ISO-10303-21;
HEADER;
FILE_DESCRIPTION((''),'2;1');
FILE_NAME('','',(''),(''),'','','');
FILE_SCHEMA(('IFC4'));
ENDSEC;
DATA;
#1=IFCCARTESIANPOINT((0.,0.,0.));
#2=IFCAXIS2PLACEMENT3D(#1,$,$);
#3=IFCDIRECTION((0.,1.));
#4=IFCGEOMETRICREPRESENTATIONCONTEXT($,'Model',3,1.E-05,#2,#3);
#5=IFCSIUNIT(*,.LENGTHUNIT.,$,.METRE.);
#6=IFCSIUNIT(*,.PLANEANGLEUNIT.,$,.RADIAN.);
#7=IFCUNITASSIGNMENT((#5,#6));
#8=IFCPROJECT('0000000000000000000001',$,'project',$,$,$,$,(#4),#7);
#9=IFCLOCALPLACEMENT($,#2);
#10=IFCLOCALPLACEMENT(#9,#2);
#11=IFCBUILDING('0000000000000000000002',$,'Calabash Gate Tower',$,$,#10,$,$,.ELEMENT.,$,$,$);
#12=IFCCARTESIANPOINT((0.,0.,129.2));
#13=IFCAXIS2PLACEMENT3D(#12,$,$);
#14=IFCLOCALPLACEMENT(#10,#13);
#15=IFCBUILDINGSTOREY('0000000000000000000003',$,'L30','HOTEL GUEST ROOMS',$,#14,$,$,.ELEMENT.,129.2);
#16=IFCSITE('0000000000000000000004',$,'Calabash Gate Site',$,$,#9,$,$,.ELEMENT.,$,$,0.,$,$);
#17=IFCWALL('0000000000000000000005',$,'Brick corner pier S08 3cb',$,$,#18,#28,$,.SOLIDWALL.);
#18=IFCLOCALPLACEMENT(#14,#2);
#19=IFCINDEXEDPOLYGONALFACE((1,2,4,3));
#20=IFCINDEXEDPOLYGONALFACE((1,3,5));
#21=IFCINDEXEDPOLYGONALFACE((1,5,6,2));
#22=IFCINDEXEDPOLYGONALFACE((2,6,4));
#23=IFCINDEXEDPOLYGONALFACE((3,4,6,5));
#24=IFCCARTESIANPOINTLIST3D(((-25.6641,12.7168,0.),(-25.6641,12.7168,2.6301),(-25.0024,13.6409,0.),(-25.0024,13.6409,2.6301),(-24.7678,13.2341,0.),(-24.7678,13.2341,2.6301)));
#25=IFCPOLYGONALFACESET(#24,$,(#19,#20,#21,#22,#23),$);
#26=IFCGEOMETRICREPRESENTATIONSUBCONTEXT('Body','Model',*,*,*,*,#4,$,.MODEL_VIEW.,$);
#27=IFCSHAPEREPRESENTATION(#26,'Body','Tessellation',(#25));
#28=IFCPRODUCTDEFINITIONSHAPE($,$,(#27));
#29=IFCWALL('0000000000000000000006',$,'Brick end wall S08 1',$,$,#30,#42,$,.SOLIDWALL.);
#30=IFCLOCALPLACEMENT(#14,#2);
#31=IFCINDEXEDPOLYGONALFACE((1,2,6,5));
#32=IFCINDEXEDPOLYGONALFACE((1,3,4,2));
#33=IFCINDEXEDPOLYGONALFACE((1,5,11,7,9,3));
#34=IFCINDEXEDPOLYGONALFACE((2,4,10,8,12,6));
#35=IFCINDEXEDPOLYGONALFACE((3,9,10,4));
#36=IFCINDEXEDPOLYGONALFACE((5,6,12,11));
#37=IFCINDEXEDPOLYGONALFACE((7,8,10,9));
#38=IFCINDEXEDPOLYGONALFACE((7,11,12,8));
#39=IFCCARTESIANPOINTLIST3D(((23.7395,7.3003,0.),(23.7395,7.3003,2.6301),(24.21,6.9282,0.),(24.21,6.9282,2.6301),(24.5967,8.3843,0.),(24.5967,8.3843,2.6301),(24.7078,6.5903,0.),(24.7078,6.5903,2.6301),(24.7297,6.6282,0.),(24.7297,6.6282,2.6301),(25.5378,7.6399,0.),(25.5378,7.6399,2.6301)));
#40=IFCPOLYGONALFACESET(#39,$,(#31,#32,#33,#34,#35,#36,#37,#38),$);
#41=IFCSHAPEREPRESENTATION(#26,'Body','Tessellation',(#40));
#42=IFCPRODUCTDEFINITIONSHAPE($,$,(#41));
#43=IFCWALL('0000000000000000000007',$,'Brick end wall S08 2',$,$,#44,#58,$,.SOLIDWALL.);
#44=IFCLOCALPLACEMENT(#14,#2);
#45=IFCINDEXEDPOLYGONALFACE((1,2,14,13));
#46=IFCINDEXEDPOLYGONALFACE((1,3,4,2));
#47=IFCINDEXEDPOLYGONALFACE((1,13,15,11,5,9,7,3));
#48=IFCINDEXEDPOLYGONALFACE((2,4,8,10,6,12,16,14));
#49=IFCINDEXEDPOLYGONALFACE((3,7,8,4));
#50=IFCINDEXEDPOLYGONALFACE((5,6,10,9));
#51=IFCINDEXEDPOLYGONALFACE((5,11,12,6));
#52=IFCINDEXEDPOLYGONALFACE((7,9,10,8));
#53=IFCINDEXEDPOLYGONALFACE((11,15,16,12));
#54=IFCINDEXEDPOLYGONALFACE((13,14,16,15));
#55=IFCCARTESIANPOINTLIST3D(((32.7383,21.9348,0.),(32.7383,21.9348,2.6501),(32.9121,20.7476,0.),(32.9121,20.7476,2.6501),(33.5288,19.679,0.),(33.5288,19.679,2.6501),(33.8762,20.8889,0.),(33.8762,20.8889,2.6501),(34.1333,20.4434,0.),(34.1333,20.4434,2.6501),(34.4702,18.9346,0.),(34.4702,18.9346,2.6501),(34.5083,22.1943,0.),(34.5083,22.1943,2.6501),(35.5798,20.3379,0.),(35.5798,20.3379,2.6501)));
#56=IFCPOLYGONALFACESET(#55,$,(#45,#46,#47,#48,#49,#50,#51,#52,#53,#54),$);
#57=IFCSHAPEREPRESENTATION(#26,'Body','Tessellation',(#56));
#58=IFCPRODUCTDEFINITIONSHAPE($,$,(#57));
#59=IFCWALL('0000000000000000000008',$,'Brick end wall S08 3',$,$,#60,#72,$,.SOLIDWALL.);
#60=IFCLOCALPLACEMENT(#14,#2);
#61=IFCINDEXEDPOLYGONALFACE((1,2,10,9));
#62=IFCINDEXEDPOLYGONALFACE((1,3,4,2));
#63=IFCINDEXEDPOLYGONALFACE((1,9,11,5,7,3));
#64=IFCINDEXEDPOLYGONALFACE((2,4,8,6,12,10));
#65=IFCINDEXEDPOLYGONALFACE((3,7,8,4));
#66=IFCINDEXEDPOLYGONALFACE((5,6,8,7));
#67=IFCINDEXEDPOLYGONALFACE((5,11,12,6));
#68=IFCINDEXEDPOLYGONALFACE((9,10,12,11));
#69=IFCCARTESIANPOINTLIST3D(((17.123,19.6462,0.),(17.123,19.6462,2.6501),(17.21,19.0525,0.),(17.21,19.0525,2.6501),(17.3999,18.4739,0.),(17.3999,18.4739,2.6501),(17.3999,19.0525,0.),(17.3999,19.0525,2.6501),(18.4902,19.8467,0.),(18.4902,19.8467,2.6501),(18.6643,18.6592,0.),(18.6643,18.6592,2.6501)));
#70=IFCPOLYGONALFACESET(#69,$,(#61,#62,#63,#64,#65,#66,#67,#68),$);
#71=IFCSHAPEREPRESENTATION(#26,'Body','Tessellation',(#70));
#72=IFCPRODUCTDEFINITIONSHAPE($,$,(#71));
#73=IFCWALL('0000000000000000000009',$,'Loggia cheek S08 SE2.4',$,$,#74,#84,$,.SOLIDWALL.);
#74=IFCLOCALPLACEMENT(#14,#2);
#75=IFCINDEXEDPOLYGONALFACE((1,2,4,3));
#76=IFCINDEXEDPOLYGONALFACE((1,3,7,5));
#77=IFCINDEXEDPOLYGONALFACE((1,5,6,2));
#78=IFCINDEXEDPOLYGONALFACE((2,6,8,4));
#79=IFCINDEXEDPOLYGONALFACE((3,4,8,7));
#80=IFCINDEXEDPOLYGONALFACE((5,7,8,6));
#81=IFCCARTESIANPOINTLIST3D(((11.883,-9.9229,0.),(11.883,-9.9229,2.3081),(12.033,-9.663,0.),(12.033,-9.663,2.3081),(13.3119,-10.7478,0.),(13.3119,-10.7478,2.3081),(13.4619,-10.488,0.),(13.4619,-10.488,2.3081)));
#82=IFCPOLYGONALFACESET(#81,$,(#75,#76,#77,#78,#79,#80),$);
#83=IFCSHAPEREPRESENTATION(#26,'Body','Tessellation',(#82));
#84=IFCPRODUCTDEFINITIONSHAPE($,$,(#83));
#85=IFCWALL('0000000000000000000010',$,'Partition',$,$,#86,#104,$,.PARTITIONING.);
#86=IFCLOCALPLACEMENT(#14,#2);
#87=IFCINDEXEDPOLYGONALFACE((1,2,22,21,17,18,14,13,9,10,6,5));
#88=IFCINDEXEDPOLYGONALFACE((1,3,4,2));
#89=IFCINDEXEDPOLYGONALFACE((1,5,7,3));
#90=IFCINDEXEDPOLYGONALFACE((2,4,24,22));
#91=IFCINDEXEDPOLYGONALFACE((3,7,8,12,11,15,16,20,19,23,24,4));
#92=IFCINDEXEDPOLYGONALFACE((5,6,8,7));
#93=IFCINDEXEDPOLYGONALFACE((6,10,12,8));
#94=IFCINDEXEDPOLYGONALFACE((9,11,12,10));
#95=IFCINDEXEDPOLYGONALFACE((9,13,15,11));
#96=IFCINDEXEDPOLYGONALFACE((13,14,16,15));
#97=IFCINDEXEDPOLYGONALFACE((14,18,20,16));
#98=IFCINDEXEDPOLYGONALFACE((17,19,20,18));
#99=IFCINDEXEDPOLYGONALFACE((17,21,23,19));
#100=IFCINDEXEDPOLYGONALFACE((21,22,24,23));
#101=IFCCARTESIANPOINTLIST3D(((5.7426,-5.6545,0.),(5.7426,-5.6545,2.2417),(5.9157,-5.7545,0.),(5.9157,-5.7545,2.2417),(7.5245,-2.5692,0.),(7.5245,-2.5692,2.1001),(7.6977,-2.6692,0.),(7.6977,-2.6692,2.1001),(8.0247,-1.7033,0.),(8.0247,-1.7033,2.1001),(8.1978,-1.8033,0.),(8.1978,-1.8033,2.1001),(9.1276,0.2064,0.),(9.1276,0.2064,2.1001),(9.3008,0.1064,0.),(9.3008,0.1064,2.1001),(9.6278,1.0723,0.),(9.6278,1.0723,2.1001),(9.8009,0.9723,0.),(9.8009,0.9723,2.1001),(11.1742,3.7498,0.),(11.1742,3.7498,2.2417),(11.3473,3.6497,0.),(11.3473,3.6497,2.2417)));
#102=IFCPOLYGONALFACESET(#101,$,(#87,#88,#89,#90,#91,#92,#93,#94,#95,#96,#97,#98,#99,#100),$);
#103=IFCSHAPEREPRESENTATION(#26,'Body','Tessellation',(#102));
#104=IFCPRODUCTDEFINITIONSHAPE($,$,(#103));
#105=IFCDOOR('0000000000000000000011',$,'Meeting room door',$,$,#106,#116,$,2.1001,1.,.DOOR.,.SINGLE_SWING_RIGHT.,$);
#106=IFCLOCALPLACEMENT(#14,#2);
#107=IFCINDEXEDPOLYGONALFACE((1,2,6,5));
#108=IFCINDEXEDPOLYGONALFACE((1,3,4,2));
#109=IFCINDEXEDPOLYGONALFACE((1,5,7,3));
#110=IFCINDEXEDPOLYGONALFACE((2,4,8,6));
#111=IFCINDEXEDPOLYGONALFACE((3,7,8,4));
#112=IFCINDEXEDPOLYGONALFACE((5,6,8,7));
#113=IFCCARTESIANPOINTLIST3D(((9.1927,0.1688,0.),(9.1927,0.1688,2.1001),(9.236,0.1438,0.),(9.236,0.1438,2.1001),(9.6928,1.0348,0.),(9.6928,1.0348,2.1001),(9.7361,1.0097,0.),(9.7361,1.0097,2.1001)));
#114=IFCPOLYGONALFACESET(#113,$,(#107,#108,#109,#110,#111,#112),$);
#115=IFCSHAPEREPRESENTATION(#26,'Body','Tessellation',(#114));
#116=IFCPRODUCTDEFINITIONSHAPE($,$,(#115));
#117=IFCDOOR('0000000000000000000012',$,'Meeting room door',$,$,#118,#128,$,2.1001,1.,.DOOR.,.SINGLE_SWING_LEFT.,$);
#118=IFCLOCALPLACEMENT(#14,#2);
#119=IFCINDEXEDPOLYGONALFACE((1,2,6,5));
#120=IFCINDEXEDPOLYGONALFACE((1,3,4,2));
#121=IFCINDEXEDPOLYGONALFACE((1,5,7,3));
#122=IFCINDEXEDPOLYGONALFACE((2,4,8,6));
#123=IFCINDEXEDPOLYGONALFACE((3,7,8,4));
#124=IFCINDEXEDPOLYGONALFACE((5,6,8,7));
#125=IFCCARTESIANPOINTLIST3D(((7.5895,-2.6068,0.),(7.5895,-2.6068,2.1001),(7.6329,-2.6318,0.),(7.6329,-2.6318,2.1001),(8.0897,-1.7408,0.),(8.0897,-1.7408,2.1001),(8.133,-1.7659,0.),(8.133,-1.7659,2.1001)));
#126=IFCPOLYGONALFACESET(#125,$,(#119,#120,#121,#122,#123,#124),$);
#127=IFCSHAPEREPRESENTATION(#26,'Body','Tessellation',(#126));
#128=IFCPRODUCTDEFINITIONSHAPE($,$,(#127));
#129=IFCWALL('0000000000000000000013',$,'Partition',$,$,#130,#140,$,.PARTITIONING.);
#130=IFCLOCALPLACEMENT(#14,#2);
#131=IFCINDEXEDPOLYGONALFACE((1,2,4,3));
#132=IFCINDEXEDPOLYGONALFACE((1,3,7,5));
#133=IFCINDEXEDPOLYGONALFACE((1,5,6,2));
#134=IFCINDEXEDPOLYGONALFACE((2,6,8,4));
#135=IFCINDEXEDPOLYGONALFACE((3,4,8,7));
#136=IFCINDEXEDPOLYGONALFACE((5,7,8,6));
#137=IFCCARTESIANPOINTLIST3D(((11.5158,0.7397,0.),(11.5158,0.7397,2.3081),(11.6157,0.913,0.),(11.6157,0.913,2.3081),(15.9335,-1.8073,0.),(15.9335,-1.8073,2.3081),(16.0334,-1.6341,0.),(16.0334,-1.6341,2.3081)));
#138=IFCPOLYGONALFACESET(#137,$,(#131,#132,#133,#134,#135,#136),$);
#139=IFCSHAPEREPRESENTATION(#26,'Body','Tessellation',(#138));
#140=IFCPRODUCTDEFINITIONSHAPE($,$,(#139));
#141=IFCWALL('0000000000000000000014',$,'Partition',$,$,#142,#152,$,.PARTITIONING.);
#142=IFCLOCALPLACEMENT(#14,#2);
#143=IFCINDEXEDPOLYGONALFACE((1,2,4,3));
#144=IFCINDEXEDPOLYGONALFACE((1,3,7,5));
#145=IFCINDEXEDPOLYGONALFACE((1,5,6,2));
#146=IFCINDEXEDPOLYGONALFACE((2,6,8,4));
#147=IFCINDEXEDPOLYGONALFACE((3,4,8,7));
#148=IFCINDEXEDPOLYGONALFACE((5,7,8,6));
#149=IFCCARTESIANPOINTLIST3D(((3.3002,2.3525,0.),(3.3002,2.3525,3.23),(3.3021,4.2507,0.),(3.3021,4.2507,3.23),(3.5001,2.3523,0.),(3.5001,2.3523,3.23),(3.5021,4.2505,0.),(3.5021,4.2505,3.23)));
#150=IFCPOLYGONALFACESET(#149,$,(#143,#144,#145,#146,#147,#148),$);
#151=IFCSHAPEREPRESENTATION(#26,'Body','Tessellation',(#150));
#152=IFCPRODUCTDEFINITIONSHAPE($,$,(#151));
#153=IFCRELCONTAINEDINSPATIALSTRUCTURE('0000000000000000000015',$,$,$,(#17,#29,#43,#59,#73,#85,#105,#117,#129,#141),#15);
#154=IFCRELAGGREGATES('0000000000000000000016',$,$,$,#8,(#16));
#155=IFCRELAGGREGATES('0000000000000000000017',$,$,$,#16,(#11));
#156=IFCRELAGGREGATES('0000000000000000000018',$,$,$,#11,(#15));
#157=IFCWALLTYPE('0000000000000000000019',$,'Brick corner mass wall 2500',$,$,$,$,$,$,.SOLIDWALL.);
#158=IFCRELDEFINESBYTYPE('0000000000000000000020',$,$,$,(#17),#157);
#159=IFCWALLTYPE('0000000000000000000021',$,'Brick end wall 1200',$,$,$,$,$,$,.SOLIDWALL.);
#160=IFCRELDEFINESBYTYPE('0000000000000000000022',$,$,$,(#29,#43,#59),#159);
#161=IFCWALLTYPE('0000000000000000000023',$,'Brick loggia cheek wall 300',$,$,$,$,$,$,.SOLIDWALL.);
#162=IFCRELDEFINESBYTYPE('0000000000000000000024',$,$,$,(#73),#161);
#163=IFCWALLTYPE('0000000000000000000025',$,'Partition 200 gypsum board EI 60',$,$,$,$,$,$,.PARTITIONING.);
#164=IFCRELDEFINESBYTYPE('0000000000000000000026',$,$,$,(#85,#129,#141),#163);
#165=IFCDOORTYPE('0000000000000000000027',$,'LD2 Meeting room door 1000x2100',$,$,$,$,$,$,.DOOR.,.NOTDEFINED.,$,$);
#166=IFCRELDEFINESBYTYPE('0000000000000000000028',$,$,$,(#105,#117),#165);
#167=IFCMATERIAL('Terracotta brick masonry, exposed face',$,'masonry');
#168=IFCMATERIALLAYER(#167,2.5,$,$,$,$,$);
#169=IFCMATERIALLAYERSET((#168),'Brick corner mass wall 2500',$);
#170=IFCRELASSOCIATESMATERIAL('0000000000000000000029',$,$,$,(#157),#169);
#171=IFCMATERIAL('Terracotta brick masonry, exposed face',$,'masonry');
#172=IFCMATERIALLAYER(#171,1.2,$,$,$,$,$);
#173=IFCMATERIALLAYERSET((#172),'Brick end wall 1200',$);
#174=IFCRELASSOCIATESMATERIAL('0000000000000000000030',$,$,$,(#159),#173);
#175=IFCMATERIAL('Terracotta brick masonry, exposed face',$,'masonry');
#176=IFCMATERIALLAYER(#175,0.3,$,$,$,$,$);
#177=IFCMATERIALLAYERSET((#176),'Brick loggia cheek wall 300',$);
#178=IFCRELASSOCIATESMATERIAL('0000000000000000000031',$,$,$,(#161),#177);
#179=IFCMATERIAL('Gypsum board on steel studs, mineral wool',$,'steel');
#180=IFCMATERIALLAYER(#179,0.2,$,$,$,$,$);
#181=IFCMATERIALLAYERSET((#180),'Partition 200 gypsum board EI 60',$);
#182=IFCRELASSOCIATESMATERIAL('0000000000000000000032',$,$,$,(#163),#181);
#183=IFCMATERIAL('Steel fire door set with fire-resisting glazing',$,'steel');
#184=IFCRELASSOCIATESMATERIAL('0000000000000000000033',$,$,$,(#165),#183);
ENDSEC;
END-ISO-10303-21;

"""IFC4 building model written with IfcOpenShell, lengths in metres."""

from ifc_helpers import new_model, si_unit, direction, frame, frame_2d, origin, place, context, subcontext, project, spatial, polyline, rectangle, outline, extrude, material, layer, layer_set, type_object, element, fill, save


model = new_model("IFC4")

# Units and contexts
model_context = context("Model", 3, precision=1e-05, world=origin(), true_north=direction((0.0, 1.0)))
body_context = subcontext(model_context, "Body", "Model", "MODEL_VIEW")
ifc_project = project(units=[si_unit("LENGTHUNIT", "METRE"), si_unit("PLANEANGLEUNIT", "RADIAN")], contexts=[model_context])

# Site, building, storey
site_placement = place(None, origin())
site = spatial("IfcSite", under=ifc_project, at=site_placement, Name="Calabash Gate Site", CompositionType="ELEMENT", RefElevation=0.0)
building_placement = place(site_placement, origin())
building = spatial("IfcBuilding", under=site, at=building_placement, Name="Calabash Gate Tower", CompositionType="ELEMENT")
storey_placement = place(building_placement, frame((0.0, 0.0, 129.2)))
storey = spatial("IfcBuildingStorey", under=building, at=storey_placement, Name="L30", Description="HOTEL GUEST ROOMS", CompositionType="ELEMENT", Elevation=129.2)

# Walls
ifc_material_1 = material(Name="Terracotta brick masonry, exposed face", Category="masonry")
ifc_layer_1 = layer(ifc_material_1, 2.5)
ifc_layer_set_1 = layer_set([ifc_layer_1], Name="Brick corner mass wall 2500")
wall_type_1 = type_object("IfcWallType", Name="Brick corner mass wall 2500", PredefinedType="SOLIDWALL", material=ifc_layer_set_1)
wall_1_placement = place(storey_placement, origin())
element("IfcWall", 1, at=wall_1_placement, inside=storey, type_object=wall_type_1, Name="Brick corner pier S08 3cb", PredefinedType="SOLIDWALL", context=body_context, shape_type="SweptSolid", body=[
    extrude(outline(polyline([(-24.7678, 13.2341), (-25.0024, 13.6409), (-25.6641, 12.7168), (-24.7678, 13.2341)])), origin(), (0.0, 0.0, 1.0), 2.6301),
])
ifc_material_2 = material(Name="Terracotta brick masonry, exposed face", Category="masonry")
ifc_layer_2 = layer(ifc_material_2, 1.2)
ifc_layer_set_2 = layer_set([ifc_layer_2], Name="Brick end wall 1200")
wall_type_2 = type_object("IfcWallType", Name="Brick end wall 1200", PredefinedType="SOLIDWALL", material=ifc_layer_set_2)
wall_2_placement = place(storey_placement, origin())
element("IfcWall", 2, at=wall_2_placement, inside=storey, type_object=wall_type_2, Name="Brick end wall S08 1", PredefinedType="SOLIDWALL", context=body_context, shape_type="SweptSolid", body=[
    extrude(outline(polyline([(24.5967, 8.3843), (23.7395, 7.3003), (24.21, 6.9282), (24.7297, 6.6282), (24.7078, 6.5903), (25.5378, 7.6399), (24.5967, 8.3843)])), origin(), (0.0, 0.0, 1.0), 2.6301),
])
wall_3_placement = place(storey_placement, origin())
element("IfcWall", 3, at=wall_3_placement, inside=storey, type_object=wall_type_2, Name="Brick end wall S08 2", PredefinedType="SOLIDWALL", context=body_context, shape_type="SweptSolid", body=[
    extrude(outline(polyline([(34.1333, 20.4434), (33.5288, 19.679), (34.4702, 18.9346), (35.5798, 20.3379), (34.5083, 22.1943), (32.7383, 21.9348), (32.9121, 20.7476), (33.8762, 20.8889), (34.1333, 20.4434)])), origin(), (0.0, 0.0, 1.0), 2.6501),
])
wall_4_placement = place(storey_placement, origin())
element("IfcWall", 4, at=wall_4_placement, inside=storey, type_object=wall_type_2, Name="Brick end wall S08 3", PredefinedType="SOLIDWALL", context=body_context, shape_type="SweptSolid", body=[
    extrude(outline(polyline([(17.123, 19.6462), (17.21, 19.0525), (17.3999, 19.0525), (17.3999, 18.4739), (18.6643, 18.6592), (18.4902, 19.8467), (17.123, 19.6462)])), origin(), (0.0, 0.0, 1.0), 2.6501),
])
ifc_material_3 = material(Name="Terracotta brick masonry, exposed face", Category="masonry")
ifc_layer_3 = layer(ifc_material_3, 0.3)
ifc_layer_set_3 = layer_set([ifc_layer_3], Name="Brick loggia cheek wall 300")
wall_type_3 = type_object("IfcWallType", Name="Brick loggia cheek wall 300", PredefinedType="SOLIDWALL", material=ifc_layer_set_3)
wall_5_placement = place(storey_placement, frame((11.958, -9.793, 0.0), z_axis=(0.0, 0.0, 1.0), x_axis=(0.86604, -0.499974, 0.0)))
element("IfcWall", 5, at=wall_5_placement, inside=storey, type_object=wall_type_3, Name="Loggia cheek S08 SE2.4", PredefinedType="SOLIDWALL", context=body_context, shape_type="SweptSolid", body=[
    extrude(rectangle(XDim=1.6499, YDim=0.3, at=frame_2d((0.825, 0.0))), origin(), (0.0, 0.0, 1.0), 2.3081),
])

# Wall, openings, doors
ifc_material_4 = material(Name="Gypsum board on steel studs, mineral wool", Category="steel")
ifc_layer_4 = layer(ifc_material_4, 0.2)
ifc_layer_set_4 = layer_set([ifc_layer_4], Name="Partition 200 gypsum board EI 60")
wall_type_4 = type_object("IfcWallType", Name="Partition 200 gypsum board EI 60", PredefinedType="PARTITIONING", material=ifc_layer_set_4)
wall_6_placement = place(storey_placement, frame((5.8291, -5.7046, 0.0), z_axis=(0.0, 0.0, 1.0), x_axis=(0.500143, 0.865943, 0.0)))
wall_6 = element("IfcWall", 6, at=wall_6_placement, inside=storey, type_object=wall_type_4, Name="Partition", PredefinedType="PARTITIONING", context=body_context, shape_type="SweptSolid", body=[
    extrude(rectangle(XDim=10.8601, YDim=0.2, at=frame_2d((5.4302, 0.0))), origin(), (0.0, 0.0, 1.0), 2.2417),
])
opening_1_placement = place(wall_6_placement, frame((6.7683, 0.0, 0.0)))
opening_1 = element("IfcOpeningElement", 7, at=opening_1_placement, cuts=wall_6, PredefinedType="OPENING", context=body_context, shape_type="SweptSolid", body=[
    extrude(rectangle(XDim=1.0, YDim=2.1001, at=frame_2d((0.5, 1.05))), frame((0.0, 0.1099, 0.0), z_axis=(0.0, -1.0, 0.0), x_axis=(1.0, 0.0, 0.0)), (0.0, 0.0, 1.0), 0.22),
])
opening_2_placement = place(wall_6_placement, frame((3.563, 0.0, 0.0)))
opening_2 = element("IfcOpeningElement", 8, at=opening_2_placement, cuts=wall_6, PredefinedType="OPENING", context=body_context, shape_type="SweptSolid", body=[
    extrude(rectangle(XDim=1.0, YDim=2.1001, at=frame_2d((0.5, 1.05))), frame((0.0, 0.1099, 0.0), z_axis=(0.0, -1.0, 0.0), x_axis=(1.0, 0.0, 0.0)), (0.0, 0.0, 1.0), 0.22),
])
ifc_material_5 = material(Name="Steel fire door set with fire-resisting glazing", Category="steel")
door_type_1 = type_object("IfcDoorType", Name="LD2 Meeting room door 1000x2100", OperationType="NOTDEFINED", PredefinedType="DOOR", material=ifc_material_5)
door_1_placement = place(opening_1_placement, origin())
door_1 = element("IfcDoor", 9, at=door_1_placement, inside=storey, type_object=door_type_1, Name="Meeting room door", OperationType="SINGLE_SWING_RIGHT", OverallHeight=2.1001, OverallWidth=1.0, PredefinedType="DOOR", context=body_context, shape_type="SweptSolid", body=[
    extrude(rectangle(XDim=1.0, YDim=2.1001, at=frame_2d((0.5, 1.05))), frame((0.0, 0.0249, 0.0), z_axis=(0.0, -1.0, 0.0), x_axis=(1.0, 0.0, 0.0)), (0.0, 0.0, 1.0), 0.05),
])
fill(opening_1, door_1)
door_2_placement = place(opening_2_placement, origin())
door_2 = element("IfcDoor", 10, at=door_2_placement, inside=storey, type_object=door_type_1, Name="Meeting room door", OperationType="SINGLE_SWING_LEFT", OverallHeight=2.1001, OverallWidth=1.0, PredefinedType="DOOR", context=body_context, shape_type="SweptSolid", body=[
    extrude(rectangle(XDim=1.0, YDim=2.1001, at=frame_2d((0.5, 1.05))), frame((0.0, 0.0249, 0.0), z_axis=(0.0, -1.0, 0.0), x_axis=(1.0, 0.0, 0.0)), (0.0, 0.0, 1.0), 0.05),
])
fill(opening_2, door_2)

# Walls
wall_7_placement = place(storey_placement, frame((11.5657, 0.8264, 0.0), z_axis=(0.0, 0.0, 1.0), x_axis=(0.866319, -0.499492, 0.0)))
element("IfcWall", 11, at=wall_7_placement, inside=storey, type_object=wall_type_4, Name="Partition", PredefinedType="PARTITIONING", context=body_context, shape_type="SweptSolid", body=[
    extrude(rectangle(XDim=5.0994, YDim=0.2, at=frame_2d((2.5498, 0.0))), origin(), (0.0, 0.0, 1.0), 2.3081),
])
wall_8_placement = place(storey_placement, frame((3.4001, 2.3523, 0.0), z_axis=(0.0, 0.0, 1.0), x_axis=(0.001029, 0.999999, 0.0)))
element("IfcWall", 12, at=wall_8_placement, inside=storey, type_object=wall_type_4, Name="Partition", PredefinedType="PARTITIONING", context=body_context, shape_type="SweptSolid", body=[
    extrude(rectangle(XDim=1.8982, YDim=0.2, at=frame_2d((0.9492, 0.0))), origin(), (0.0, 0.0, 1.0), 3.23),
])

save(model, "model.ifc")
